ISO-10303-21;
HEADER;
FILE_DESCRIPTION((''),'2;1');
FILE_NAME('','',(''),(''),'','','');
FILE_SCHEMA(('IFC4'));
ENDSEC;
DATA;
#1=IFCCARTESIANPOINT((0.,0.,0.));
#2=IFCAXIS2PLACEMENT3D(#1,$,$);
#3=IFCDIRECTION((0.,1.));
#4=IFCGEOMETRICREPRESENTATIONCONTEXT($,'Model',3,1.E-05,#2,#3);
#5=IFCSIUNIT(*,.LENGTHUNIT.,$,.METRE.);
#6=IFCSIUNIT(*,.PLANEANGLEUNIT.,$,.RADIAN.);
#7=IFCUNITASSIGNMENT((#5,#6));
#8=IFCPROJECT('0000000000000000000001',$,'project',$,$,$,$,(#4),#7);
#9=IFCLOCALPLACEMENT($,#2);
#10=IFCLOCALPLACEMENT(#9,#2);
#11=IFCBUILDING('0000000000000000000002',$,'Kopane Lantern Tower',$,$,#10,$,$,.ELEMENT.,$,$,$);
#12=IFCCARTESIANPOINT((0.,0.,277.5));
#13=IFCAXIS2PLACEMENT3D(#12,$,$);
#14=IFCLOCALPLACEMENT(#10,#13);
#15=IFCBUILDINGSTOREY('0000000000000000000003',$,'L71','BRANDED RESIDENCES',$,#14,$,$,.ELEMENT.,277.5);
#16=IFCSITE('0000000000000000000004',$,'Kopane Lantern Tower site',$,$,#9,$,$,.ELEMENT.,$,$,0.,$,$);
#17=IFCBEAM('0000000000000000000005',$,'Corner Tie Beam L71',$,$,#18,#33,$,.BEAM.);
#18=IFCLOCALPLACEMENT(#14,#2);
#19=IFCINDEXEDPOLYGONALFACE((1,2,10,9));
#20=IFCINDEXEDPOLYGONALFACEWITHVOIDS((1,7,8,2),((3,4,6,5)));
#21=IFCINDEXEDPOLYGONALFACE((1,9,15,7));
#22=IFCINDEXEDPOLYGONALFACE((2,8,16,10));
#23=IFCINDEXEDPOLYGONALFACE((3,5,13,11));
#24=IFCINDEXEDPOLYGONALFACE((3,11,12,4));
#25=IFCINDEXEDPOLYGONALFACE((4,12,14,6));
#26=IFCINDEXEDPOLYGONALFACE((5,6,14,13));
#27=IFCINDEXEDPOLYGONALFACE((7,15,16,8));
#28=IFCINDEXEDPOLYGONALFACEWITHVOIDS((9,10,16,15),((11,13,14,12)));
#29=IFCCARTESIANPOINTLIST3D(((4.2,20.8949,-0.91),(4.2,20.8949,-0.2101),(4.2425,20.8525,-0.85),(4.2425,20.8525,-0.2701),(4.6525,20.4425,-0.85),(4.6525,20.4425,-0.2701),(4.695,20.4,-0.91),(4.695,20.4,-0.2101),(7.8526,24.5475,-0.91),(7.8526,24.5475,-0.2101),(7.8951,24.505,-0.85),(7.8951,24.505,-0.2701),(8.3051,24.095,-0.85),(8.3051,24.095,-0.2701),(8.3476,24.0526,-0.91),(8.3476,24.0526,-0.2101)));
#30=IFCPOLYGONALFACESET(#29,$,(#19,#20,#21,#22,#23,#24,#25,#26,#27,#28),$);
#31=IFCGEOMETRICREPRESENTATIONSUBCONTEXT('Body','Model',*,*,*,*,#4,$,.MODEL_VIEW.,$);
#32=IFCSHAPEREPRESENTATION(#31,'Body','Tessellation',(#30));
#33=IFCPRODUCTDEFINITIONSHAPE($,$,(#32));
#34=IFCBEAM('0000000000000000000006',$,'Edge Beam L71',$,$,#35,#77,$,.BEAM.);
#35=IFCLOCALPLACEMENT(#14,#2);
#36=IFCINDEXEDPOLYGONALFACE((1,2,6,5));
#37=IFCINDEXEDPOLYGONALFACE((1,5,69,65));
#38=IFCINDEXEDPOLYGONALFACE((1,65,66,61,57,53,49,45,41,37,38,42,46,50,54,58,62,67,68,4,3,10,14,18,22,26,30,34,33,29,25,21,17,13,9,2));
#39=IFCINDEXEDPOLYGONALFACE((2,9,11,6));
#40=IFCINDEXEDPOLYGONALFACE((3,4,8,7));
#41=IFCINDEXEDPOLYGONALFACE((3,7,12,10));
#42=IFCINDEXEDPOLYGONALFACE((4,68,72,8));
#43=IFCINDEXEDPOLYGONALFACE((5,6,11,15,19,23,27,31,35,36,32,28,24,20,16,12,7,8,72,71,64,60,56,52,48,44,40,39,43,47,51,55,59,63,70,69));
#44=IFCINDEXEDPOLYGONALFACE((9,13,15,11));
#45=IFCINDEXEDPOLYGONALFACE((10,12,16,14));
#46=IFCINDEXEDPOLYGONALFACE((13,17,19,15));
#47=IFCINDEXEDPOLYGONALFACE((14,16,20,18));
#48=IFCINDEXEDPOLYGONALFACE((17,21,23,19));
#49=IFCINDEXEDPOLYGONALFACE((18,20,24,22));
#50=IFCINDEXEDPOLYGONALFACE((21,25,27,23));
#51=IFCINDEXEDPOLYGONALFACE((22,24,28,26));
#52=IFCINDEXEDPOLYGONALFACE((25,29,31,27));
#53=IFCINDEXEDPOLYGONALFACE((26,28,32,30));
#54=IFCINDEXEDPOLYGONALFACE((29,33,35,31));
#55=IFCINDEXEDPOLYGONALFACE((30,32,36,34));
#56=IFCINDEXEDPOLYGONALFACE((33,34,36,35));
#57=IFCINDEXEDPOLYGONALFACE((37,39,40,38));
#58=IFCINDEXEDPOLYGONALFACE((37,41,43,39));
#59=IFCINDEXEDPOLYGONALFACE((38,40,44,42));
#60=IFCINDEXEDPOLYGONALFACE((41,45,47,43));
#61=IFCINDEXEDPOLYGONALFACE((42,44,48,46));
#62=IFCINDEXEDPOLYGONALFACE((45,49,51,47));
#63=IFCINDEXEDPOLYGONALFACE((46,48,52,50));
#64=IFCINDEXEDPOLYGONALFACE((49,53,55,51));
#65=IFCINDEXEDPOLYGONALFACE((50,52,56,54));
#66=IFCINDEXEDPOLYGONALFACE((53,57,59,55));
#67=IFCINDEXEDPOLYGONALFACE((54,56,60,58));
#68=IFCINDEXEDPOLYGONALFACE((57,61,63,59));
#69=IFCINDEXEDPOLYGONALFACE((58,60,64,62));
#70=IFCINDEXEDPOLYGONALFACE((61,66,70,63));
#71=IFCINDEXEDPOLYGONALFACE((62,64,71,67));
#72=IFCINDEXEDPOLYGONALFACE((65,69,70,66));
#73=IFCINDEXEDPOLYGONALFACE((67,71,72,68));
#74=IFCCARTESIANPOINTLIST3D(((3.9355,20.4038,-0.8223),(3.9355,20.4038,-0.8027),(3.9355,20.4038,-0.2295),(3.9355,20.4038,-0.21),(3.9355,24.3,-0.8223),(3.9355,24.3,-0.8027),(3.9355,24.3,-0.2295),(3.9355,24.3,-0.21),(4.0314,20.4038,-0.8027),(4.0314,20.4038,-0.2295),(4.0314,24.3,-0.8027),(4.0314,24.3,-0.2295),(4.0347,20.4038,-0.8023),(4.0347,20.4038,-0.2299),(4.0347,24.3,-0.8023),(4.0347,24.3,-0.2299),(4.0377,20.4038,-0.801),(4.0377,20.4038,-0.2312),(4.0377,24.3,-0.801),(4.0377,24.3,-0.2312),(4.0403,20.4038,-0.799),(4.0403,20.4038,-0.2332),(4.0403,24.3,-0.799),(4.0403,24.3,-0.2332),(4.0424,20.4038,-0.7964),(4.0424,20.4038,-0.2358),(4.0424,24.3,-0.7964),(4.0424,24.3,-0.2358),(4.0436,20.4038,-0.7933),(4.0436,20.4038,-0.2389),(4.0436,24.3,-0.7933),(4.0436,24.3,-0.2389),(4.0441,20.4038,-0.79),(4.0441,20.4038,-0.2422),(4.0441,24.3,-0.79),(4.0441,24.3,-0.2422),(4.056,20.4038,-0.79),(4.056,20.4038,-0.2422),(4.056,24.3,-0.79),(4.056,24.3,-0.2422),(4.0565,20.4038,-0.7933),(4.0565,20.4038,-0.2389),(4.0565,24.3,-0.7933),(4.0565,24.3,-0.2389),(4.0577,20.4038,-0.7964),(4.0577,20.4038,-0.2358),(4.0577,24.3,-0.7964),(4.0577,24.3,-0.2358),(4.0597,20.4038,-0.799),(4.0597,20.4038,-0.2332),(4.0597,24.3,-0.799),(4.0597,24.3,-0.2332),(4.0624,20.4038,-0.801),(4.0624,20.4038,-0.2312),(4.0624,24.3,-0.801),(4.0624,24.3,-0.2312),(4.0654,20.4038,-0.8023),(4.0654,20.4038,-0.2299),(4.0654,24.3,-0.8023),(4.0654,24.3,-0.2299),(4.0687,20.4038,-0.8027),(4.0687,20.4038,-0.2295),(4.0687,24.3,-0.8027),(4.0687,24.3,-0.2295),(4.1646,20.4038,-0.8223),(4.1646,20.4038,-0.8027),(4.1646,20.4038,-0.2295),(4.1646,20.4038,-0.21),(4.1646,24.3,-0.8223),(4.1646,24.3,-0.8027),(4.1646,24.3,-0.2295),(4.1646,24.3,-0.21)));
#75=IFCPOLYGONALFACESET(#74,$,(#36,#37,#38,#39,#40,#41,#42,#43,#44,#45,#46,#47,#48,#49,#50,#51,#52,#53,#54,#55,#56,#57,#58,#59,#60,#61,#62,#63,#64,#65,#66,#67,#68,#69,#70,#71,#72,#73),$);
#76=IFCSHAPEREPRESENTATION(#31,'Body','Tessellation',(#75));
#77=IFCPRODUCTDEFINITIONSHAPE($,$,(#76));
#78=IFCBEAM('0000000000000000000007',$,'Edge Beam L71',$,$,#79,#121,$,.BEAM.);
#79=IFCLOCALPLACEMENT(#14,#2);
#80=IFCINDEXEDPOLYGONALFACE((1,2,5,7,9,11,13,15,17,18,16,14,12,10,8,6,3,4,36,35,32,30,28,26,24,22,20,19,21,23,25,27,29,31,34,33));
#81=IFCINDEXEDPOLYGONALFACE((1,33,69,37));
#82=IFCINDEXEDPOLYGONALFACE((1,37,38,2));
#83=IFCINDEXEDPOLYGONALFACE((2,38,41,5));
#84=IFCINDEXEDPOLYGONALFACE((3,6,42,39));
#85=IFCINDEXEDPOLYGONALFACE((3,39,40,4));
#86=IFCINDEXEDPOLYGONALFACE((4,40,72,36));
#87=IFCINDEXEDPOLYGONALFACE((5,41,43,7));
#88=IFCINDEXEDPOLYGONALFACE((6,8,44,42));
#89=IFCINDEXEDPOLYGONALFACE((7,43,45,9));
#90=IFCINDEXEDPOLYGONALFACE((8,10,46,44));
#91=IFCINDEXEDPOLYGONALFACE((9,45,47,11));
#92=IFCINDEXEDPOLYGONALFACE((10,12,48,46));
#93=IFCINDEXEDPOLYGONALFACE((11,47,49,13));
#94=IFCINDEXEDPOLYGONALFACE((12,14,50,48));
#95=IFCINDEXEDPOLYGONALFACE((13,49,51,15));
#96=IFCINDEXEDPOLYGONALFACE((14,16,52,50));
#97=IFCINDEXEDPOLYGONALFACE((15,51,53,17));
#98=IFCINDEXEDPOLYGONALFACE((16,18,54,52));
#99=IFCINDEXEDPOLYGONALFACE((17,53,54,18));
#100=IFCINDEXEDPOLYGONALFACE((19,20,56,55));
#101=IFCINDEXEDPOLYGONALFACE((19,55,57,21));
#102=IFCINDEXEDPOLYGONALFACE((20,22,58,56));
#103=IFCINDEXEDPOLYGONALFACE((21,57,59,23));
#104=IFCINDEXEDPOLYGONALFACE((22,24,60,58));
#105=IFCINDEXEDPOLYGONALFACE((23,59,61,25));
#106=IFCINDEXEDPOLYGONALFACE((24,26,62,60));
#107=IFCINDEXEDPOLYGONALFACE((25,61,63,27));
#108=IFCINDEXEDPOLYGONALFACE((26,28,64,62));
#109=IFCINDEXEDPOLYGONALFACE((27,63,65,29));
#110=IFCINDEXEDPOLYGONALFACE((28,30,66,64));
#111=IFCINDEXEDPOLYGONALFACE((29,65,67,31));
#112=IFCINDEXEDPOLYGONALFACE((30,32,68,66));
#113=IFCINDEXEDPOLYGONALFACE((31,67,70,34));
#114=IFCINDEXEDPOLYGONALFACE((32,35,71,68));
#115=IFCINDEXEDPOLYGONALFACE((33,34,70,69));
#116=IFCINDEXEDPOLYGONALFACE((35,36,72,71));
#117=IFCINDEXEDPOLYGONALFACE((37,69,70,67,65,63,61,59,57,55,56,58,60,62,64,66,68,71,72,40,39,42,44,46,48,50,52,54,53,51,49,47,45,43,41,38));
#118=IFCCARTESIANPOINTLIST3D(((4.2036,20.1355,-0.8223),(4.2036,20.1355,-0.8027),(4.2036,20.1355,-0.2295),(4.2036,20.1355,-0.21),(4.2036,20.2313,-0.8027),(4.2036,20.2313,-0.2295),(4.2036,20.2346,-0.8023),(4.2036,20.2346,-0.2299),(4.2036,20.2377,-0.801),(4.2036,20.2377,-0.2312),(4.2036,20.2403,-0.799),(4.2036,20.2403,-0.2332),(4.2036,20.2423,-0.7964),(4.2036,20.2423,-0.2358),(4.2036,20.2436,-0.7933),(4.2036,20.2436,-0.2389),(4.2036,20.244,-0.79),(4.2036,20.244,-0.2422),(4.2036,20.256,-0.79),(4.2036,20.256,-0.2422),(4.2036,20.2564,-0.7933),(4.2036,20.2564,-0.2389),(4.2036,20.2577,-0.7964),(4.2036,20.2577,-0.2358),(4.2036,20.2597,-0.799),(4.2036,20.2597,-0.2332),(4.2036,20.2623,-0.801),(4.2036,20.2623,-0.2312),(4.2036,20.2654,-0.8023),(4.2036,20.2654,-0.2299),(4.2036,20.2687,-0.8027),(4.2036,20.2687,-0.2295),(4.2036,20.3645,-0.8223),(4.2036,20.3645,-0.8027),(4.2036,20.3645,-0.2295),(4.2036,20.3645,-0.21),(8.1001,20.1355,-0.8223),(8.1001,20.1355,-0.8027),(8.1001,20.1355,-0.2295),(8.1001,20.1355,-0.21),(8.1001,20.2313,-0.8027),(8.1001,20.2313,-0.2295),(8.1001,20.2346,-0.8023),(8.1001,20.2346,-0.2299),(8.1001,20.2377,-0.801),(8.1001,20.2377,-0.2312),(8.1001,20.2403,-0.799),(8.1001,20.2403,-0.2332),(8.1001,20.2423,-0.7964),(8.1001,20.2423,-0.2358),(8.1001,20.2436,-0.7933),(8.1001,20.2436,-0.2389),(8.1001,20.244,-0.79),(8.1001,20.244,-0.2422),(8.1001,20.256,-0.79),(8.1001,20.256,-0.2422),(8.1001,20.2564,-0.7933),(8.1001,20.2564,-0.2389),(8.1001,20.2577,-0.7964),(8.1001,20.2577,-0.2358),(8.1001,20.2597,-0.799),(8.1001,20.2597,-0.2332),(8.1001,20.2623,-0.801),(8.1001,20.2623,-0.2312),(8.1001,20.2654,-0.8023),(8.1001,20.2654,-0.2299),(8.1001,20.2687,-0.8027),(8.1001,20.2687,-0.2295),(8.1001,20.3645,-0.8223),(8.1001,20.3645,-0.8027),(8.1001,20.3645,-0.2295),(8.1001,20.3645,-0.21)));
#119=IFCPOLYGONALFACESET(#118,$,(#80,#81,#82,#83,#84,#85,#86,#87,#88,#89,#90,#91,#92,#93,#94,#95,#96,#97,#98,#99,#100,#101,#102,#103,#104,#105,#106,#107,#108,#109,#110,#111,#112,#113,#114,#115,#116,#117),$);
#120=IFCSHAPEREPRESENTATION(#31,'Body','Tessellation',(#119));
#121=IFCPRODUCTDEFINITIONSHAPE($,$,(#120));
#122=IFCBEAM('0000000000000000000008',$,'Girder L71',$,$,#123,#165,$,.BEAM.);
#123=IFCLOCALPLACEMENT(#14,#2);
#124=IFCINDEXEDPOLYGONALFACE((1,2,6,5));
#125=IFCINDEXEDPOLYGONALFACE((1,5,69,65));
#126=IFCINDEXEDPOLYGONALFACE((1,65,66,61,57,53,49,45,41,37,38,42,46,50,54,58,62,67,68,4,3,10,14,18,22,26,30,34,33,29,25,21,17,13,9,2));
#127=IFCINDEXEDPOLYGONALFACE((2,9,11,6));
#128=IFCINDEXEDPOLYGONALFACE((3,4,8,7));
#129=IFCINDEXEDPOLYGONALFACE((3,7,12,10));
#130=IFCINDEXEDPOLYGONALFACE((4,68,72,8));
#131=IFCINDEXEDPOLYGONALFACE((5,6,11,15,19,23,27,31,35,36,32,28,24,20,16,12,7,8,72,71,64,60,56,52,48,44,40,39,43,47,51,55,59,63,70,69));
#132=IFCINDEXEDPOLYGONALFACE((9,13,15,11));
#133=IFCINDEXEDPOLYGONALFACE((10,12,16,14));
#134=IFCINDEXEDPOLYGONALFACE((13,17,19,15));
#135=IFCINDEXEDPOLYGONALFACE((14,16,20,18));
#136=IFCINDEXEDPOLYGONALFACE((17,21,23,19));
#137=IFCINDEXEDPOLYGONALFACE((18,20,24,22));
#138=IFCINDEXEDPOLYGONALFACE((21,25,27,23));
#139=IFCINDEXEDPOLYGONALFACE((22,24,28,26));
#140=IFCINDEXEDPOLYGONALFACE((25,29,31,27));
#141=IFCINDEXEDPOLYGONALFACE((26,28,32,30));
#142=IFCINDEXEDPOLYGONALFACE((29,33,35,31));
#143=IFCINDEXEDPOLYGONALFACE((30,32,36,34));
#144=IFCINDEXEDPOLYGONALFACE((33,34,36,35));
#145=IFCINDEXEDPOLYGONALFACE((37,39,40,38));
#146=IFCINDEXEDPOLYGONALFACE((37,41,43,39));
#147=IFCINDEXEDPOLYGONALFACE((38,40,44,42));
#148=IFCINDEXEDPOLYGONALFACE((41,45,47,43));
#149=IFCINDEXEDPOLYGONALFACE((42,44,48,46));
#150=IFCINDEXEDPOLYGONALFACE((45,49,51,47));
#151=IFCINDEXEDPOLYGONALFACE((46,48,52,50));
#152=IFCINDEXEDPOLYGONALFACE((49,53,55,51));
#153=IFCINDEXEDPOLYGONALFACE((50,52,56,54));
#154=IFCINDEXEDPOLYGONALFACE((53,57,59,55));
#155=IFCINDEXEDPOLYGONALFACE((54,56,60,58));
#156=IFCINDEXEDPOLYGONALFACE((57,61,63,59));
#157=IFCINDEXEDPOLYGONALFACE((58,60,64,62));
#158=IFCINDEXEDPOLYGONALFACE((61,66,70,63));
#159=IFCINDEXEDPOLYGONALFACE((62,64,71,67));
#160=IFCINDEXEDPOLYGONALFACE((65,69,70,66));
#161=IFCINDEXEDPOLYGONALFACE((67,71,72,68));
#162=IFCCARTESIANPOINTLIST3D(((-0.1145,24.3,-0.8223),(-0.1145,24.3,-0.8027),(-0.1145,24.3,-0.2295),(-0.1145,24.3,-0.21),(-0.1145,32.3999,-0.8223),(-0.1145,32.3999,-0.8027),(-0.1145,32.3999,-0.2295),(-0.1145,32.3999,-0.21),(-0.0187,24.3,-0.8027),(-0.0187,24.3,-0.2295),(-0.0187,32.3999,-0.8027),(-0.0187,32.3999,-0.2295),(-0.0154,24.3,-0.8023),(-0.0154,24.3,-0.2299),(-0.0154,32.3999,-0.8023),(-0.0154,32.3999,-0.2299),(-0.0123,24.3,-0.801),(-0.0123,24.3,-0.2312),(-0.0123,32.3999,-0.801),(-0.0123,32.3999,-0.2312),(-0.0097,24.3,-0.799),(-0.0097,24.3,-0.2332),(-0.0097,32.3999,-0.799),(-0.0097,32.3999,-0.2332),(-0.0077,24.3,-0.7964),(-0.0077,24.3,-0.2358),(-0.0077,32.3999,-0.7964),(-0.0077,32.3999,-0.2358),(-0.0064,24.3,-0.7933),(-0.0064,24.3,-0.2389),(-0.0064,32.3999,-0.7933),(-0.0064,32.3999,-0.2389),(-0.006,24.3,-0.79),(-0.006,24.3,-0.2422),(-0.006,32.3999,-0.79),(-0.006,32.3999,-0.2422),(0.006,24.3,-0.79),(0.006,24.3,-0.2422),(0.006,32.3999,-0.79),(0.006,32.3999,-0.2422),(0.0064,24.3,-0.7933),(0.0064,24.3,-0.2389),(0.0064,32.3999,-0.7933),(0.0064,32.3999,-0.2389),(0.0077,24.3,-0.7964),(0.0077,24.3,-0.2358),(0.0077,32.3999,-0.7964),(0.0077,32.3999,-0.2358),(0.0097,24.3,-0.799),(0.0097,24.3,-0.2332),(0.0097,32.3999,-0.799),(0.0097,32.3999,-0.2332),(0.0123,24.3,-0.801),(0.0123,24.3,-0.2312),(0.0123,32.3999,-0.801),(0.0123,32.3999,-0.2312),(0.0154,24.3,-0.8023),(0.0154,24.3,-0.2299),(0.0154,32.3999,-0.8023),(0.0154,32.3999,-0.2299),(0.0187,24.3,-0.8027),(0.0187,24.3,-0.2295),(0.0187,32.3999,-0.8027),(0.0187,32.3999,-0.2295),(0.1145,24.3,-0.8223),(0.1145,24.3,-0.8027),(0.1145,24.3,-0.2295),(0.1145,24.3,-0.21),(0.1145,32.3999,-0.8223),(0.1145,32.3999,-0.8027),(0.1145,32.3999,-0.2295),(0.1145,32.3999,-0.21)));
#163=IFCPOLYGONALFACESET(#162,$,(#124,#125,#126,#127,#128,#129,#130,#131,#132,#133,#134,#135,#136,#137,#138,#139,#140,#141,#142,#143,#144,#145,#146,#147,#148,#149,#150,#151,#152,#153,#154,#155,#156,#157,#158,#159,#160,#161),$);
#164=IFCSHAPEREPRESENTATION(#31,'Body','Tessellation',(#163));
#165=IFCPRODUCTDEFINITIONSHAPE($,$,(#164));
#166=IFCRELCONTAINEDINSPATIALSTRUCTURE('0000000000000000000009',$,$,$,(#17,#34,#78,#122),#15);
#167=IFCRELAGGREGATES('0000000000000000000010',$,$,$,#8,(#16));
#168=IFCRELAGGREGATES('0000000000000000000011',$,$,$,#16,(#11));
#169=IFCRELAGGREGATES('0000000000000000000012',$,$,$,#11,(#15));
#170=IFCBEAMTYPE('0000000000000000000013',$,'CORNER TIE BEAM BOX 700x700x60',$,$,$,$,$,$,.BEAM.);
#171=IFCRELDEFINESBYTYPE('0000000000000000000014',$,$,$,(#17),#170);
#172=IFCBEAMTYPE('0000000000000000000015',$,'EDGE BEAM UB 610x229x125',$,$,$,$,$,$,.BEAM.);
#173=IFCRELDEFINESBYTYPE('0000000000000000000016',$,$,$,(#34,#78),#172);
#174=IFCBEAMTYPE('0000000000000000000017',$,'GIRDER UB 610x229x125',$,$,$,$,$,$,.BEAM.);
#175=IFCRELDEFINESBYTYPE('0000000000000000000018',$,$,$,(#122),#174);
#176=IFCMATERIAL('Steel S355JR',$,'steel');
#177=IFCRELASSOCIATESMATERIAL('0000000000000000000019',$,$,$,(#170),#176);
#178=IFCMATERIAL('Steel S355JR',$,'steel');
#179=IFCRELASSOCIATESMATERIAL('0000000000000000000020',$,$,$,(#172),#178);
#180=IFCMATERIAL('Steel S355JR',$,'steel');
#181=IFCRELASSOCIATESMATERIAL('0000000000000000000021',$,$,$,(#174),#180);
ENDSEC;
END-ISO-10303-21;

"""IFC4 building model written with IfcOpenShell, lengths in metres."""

from ifc_helpers import new_model, si_unit, direction, frame, origin, origin_2d, place, context, subcontext, project, spatial, hollow_rectangle, i_section, extrude, material, material_profile, profile_set, type_object, element, save


model = new_model("IFC4")

# Units and contexts
model_context = context("Model", 3, precision=1e-05, world=origin(), true_north=direction((0.0, 1.0)))
body_context = subcontext(model_context, "Body", "Model", "MODEL_VIEW")
ifc_project = project(units=[si_unit("LENGTHUNIT", "METRE"), si_unit("PLANEANGLEUNIT", "RADIAN")], contexts=[model_context])

# Site, building, storey
site_placement = place(None, origin())
site = spatial("IfcSite", under=ifc_project, at=site_placement, Name="Kopane Lantern Tower site", CompositionType="ELEMENT", RefElevation=0.0)
building_placement = place(site_placement, origin())
building = spatial("IfcBuilding", under=site, at=building_placement, Name="Kopane Lantern Tower", CompositionType="ELEMENT")
storey_placement = place(building_placement, frame((0.0, 0.0, 277.5)))
storey = spatial("IfcBuildingStorey", under=building, at=storey_placement, Name="L71", Description="BRANDED RESIDENCES", CompositionType="ELEMENT", Elevation=277.5)

# Beams
ifc_material_1 = material(Name="Steel S355JR", Category="steel")
ifc_material_profile_1 = material_profile(ifc_material_1, hollow_rectangle(XDim=0.7, YDim=0.7, WallThickness=0.0601, at=origin_2d()), Name="BOX 700x700x60")
ifc_profile_set_1 = profile_set([ifc_material_profile_1], Name="Steel S355JR")
beam_type_1 = type_object("IfcBeamType", Name="CORNER TIE BEAM BOX 700x700x60", PredefinedType="BEAM", material=ifc_profile_set_1)
beam_1_placement = place(storey_placement, frame((4.4475, 20.6475, -0.5601), z_axis=(0.707107, 0.707107, 0.0), x_axis=(-0.707107, 0.707107, 0.0)))
element("IfcBeam", 1, at=beam_1_placement, inside=storey, type_object=beam_type_1, Name="Corner Tie Beam L71", PredefinedType="BEAM", context=body_context, shape_type="SweptSolid", body=[
    extrude(hollow_rectangle(XDim=0.7, YDim=0.7, WallThickness=0.0601, at=origin_2d()), origin(), (0.0, 0.0, 1.0), 5.1655),
])
ifc_material_2 = material(Name="Steel S355JR", Category="steel")
ifc_material_profile_2 = material_profile(ifc_material_2, i_section(OverallWidth=0.229, OverallDepth=0.6123, WebThickness=0.012, FlangeThickness=0.0195, FilletRadius=0.0127, at=origin_2d()), Name="UB 610x229x125")
ifc_profile_set_2 = profile_set([ifc_material_profile_2], Name="Steel S355JR")
beam_type_2 = type_object("IfcBeamType", Name="EDGE BEAM UB 610x229x125", PredefinedType="BEAM", material=ifc_profile_set_2)
beam_2_placement = place(storey_placement, frame((4.05, 20.4038, -0.5161), z_axis=(0.0, 1.0, 0.0), x_axis=(-1.0, 0.0, 0.0)))
element("IfcBeam", 2, at=beam_2_placement, inside=storey, type_object=beam_type_2, Name="Edge Beam L71", PredefinedType="BEAM", context=body_context, shape_type="SweptSolid", body=[
    extrude(i_section(OverallWidth=0.229, OverallDepth=0.6123, WebThickness=0.012, FlangeThickness=0.0195, FilletRadius=0.0127, at=origin_2d()), origin(), (0.0, 0.0, 1.0), 3.8962),
])
beam_3_placement = place(storey_placement, frame((4.2036, 20.25, -0.5161), z_axis=(1.0, 0.0, 0.0), x_axis=(0.0, 1.0, 0.0)))
element("IfcBeam", 3, at=beam_3_placement, inside=storey, type_object=beam_type_2, Name="Edge Beam L71", PredefinedType="BEAM", context=body_context, shape_type="SweptSolid", body=[
    extrude(i_section(OverallWidth=0.229, OverallDepth=0.6123, WebThickness=0.012, FlangeThickness=0.0195, FilletRadius=0.0127, at=origin_2d()), origin(), (0.0, 0.0, 1.0), 3.8965),
])
ifc_material_3 = material(Name="Steel S355JR", Category="steel")
ifc_material_profile_3 = material_profile(ifc_material_3, i_section(OverallWidth=0.229, OverallDepth=0.6123, WebThickness=0.012, FlangeThickness=0.0195, FilletRadius=0.0127, at=origin_2d()), Name="UB 610x229x125")
ifc_profile_set_3 = profile_set([ifc_material_profile_3], Name="Steel S355JR")
beam_type_3 = type_object("IfcBeamType", Name="GIRDER UB 610x229x125", PredefinedType="BEAM", material=ifc_profile_set_3)
beam_4_placement = place(storey_placement, frame((0.0, 24.3, -0.5161), z_axis=(0.0, 1.0, 0.0), x_axis=(-1.0, 0.0, 0.0)))
element("IfcBeam", 4, at=beam_4_placement, inside=storey, type_object=beam_type_3, Name="Girder L71", PredefinedType="BEAM", context=body_context, shape_type="SweptSolid", body=[
    extrude(i_section(OverallWidth=0.229, OverallDepth=0.6123, WebThickness=0.012, FlangeThickness=0.0195, FilletRadius=0.0127, at=origin_2d()), origin(), (0.0, 0.0, 1.0), 8.0999),
])

save(model, "model.ifc")
